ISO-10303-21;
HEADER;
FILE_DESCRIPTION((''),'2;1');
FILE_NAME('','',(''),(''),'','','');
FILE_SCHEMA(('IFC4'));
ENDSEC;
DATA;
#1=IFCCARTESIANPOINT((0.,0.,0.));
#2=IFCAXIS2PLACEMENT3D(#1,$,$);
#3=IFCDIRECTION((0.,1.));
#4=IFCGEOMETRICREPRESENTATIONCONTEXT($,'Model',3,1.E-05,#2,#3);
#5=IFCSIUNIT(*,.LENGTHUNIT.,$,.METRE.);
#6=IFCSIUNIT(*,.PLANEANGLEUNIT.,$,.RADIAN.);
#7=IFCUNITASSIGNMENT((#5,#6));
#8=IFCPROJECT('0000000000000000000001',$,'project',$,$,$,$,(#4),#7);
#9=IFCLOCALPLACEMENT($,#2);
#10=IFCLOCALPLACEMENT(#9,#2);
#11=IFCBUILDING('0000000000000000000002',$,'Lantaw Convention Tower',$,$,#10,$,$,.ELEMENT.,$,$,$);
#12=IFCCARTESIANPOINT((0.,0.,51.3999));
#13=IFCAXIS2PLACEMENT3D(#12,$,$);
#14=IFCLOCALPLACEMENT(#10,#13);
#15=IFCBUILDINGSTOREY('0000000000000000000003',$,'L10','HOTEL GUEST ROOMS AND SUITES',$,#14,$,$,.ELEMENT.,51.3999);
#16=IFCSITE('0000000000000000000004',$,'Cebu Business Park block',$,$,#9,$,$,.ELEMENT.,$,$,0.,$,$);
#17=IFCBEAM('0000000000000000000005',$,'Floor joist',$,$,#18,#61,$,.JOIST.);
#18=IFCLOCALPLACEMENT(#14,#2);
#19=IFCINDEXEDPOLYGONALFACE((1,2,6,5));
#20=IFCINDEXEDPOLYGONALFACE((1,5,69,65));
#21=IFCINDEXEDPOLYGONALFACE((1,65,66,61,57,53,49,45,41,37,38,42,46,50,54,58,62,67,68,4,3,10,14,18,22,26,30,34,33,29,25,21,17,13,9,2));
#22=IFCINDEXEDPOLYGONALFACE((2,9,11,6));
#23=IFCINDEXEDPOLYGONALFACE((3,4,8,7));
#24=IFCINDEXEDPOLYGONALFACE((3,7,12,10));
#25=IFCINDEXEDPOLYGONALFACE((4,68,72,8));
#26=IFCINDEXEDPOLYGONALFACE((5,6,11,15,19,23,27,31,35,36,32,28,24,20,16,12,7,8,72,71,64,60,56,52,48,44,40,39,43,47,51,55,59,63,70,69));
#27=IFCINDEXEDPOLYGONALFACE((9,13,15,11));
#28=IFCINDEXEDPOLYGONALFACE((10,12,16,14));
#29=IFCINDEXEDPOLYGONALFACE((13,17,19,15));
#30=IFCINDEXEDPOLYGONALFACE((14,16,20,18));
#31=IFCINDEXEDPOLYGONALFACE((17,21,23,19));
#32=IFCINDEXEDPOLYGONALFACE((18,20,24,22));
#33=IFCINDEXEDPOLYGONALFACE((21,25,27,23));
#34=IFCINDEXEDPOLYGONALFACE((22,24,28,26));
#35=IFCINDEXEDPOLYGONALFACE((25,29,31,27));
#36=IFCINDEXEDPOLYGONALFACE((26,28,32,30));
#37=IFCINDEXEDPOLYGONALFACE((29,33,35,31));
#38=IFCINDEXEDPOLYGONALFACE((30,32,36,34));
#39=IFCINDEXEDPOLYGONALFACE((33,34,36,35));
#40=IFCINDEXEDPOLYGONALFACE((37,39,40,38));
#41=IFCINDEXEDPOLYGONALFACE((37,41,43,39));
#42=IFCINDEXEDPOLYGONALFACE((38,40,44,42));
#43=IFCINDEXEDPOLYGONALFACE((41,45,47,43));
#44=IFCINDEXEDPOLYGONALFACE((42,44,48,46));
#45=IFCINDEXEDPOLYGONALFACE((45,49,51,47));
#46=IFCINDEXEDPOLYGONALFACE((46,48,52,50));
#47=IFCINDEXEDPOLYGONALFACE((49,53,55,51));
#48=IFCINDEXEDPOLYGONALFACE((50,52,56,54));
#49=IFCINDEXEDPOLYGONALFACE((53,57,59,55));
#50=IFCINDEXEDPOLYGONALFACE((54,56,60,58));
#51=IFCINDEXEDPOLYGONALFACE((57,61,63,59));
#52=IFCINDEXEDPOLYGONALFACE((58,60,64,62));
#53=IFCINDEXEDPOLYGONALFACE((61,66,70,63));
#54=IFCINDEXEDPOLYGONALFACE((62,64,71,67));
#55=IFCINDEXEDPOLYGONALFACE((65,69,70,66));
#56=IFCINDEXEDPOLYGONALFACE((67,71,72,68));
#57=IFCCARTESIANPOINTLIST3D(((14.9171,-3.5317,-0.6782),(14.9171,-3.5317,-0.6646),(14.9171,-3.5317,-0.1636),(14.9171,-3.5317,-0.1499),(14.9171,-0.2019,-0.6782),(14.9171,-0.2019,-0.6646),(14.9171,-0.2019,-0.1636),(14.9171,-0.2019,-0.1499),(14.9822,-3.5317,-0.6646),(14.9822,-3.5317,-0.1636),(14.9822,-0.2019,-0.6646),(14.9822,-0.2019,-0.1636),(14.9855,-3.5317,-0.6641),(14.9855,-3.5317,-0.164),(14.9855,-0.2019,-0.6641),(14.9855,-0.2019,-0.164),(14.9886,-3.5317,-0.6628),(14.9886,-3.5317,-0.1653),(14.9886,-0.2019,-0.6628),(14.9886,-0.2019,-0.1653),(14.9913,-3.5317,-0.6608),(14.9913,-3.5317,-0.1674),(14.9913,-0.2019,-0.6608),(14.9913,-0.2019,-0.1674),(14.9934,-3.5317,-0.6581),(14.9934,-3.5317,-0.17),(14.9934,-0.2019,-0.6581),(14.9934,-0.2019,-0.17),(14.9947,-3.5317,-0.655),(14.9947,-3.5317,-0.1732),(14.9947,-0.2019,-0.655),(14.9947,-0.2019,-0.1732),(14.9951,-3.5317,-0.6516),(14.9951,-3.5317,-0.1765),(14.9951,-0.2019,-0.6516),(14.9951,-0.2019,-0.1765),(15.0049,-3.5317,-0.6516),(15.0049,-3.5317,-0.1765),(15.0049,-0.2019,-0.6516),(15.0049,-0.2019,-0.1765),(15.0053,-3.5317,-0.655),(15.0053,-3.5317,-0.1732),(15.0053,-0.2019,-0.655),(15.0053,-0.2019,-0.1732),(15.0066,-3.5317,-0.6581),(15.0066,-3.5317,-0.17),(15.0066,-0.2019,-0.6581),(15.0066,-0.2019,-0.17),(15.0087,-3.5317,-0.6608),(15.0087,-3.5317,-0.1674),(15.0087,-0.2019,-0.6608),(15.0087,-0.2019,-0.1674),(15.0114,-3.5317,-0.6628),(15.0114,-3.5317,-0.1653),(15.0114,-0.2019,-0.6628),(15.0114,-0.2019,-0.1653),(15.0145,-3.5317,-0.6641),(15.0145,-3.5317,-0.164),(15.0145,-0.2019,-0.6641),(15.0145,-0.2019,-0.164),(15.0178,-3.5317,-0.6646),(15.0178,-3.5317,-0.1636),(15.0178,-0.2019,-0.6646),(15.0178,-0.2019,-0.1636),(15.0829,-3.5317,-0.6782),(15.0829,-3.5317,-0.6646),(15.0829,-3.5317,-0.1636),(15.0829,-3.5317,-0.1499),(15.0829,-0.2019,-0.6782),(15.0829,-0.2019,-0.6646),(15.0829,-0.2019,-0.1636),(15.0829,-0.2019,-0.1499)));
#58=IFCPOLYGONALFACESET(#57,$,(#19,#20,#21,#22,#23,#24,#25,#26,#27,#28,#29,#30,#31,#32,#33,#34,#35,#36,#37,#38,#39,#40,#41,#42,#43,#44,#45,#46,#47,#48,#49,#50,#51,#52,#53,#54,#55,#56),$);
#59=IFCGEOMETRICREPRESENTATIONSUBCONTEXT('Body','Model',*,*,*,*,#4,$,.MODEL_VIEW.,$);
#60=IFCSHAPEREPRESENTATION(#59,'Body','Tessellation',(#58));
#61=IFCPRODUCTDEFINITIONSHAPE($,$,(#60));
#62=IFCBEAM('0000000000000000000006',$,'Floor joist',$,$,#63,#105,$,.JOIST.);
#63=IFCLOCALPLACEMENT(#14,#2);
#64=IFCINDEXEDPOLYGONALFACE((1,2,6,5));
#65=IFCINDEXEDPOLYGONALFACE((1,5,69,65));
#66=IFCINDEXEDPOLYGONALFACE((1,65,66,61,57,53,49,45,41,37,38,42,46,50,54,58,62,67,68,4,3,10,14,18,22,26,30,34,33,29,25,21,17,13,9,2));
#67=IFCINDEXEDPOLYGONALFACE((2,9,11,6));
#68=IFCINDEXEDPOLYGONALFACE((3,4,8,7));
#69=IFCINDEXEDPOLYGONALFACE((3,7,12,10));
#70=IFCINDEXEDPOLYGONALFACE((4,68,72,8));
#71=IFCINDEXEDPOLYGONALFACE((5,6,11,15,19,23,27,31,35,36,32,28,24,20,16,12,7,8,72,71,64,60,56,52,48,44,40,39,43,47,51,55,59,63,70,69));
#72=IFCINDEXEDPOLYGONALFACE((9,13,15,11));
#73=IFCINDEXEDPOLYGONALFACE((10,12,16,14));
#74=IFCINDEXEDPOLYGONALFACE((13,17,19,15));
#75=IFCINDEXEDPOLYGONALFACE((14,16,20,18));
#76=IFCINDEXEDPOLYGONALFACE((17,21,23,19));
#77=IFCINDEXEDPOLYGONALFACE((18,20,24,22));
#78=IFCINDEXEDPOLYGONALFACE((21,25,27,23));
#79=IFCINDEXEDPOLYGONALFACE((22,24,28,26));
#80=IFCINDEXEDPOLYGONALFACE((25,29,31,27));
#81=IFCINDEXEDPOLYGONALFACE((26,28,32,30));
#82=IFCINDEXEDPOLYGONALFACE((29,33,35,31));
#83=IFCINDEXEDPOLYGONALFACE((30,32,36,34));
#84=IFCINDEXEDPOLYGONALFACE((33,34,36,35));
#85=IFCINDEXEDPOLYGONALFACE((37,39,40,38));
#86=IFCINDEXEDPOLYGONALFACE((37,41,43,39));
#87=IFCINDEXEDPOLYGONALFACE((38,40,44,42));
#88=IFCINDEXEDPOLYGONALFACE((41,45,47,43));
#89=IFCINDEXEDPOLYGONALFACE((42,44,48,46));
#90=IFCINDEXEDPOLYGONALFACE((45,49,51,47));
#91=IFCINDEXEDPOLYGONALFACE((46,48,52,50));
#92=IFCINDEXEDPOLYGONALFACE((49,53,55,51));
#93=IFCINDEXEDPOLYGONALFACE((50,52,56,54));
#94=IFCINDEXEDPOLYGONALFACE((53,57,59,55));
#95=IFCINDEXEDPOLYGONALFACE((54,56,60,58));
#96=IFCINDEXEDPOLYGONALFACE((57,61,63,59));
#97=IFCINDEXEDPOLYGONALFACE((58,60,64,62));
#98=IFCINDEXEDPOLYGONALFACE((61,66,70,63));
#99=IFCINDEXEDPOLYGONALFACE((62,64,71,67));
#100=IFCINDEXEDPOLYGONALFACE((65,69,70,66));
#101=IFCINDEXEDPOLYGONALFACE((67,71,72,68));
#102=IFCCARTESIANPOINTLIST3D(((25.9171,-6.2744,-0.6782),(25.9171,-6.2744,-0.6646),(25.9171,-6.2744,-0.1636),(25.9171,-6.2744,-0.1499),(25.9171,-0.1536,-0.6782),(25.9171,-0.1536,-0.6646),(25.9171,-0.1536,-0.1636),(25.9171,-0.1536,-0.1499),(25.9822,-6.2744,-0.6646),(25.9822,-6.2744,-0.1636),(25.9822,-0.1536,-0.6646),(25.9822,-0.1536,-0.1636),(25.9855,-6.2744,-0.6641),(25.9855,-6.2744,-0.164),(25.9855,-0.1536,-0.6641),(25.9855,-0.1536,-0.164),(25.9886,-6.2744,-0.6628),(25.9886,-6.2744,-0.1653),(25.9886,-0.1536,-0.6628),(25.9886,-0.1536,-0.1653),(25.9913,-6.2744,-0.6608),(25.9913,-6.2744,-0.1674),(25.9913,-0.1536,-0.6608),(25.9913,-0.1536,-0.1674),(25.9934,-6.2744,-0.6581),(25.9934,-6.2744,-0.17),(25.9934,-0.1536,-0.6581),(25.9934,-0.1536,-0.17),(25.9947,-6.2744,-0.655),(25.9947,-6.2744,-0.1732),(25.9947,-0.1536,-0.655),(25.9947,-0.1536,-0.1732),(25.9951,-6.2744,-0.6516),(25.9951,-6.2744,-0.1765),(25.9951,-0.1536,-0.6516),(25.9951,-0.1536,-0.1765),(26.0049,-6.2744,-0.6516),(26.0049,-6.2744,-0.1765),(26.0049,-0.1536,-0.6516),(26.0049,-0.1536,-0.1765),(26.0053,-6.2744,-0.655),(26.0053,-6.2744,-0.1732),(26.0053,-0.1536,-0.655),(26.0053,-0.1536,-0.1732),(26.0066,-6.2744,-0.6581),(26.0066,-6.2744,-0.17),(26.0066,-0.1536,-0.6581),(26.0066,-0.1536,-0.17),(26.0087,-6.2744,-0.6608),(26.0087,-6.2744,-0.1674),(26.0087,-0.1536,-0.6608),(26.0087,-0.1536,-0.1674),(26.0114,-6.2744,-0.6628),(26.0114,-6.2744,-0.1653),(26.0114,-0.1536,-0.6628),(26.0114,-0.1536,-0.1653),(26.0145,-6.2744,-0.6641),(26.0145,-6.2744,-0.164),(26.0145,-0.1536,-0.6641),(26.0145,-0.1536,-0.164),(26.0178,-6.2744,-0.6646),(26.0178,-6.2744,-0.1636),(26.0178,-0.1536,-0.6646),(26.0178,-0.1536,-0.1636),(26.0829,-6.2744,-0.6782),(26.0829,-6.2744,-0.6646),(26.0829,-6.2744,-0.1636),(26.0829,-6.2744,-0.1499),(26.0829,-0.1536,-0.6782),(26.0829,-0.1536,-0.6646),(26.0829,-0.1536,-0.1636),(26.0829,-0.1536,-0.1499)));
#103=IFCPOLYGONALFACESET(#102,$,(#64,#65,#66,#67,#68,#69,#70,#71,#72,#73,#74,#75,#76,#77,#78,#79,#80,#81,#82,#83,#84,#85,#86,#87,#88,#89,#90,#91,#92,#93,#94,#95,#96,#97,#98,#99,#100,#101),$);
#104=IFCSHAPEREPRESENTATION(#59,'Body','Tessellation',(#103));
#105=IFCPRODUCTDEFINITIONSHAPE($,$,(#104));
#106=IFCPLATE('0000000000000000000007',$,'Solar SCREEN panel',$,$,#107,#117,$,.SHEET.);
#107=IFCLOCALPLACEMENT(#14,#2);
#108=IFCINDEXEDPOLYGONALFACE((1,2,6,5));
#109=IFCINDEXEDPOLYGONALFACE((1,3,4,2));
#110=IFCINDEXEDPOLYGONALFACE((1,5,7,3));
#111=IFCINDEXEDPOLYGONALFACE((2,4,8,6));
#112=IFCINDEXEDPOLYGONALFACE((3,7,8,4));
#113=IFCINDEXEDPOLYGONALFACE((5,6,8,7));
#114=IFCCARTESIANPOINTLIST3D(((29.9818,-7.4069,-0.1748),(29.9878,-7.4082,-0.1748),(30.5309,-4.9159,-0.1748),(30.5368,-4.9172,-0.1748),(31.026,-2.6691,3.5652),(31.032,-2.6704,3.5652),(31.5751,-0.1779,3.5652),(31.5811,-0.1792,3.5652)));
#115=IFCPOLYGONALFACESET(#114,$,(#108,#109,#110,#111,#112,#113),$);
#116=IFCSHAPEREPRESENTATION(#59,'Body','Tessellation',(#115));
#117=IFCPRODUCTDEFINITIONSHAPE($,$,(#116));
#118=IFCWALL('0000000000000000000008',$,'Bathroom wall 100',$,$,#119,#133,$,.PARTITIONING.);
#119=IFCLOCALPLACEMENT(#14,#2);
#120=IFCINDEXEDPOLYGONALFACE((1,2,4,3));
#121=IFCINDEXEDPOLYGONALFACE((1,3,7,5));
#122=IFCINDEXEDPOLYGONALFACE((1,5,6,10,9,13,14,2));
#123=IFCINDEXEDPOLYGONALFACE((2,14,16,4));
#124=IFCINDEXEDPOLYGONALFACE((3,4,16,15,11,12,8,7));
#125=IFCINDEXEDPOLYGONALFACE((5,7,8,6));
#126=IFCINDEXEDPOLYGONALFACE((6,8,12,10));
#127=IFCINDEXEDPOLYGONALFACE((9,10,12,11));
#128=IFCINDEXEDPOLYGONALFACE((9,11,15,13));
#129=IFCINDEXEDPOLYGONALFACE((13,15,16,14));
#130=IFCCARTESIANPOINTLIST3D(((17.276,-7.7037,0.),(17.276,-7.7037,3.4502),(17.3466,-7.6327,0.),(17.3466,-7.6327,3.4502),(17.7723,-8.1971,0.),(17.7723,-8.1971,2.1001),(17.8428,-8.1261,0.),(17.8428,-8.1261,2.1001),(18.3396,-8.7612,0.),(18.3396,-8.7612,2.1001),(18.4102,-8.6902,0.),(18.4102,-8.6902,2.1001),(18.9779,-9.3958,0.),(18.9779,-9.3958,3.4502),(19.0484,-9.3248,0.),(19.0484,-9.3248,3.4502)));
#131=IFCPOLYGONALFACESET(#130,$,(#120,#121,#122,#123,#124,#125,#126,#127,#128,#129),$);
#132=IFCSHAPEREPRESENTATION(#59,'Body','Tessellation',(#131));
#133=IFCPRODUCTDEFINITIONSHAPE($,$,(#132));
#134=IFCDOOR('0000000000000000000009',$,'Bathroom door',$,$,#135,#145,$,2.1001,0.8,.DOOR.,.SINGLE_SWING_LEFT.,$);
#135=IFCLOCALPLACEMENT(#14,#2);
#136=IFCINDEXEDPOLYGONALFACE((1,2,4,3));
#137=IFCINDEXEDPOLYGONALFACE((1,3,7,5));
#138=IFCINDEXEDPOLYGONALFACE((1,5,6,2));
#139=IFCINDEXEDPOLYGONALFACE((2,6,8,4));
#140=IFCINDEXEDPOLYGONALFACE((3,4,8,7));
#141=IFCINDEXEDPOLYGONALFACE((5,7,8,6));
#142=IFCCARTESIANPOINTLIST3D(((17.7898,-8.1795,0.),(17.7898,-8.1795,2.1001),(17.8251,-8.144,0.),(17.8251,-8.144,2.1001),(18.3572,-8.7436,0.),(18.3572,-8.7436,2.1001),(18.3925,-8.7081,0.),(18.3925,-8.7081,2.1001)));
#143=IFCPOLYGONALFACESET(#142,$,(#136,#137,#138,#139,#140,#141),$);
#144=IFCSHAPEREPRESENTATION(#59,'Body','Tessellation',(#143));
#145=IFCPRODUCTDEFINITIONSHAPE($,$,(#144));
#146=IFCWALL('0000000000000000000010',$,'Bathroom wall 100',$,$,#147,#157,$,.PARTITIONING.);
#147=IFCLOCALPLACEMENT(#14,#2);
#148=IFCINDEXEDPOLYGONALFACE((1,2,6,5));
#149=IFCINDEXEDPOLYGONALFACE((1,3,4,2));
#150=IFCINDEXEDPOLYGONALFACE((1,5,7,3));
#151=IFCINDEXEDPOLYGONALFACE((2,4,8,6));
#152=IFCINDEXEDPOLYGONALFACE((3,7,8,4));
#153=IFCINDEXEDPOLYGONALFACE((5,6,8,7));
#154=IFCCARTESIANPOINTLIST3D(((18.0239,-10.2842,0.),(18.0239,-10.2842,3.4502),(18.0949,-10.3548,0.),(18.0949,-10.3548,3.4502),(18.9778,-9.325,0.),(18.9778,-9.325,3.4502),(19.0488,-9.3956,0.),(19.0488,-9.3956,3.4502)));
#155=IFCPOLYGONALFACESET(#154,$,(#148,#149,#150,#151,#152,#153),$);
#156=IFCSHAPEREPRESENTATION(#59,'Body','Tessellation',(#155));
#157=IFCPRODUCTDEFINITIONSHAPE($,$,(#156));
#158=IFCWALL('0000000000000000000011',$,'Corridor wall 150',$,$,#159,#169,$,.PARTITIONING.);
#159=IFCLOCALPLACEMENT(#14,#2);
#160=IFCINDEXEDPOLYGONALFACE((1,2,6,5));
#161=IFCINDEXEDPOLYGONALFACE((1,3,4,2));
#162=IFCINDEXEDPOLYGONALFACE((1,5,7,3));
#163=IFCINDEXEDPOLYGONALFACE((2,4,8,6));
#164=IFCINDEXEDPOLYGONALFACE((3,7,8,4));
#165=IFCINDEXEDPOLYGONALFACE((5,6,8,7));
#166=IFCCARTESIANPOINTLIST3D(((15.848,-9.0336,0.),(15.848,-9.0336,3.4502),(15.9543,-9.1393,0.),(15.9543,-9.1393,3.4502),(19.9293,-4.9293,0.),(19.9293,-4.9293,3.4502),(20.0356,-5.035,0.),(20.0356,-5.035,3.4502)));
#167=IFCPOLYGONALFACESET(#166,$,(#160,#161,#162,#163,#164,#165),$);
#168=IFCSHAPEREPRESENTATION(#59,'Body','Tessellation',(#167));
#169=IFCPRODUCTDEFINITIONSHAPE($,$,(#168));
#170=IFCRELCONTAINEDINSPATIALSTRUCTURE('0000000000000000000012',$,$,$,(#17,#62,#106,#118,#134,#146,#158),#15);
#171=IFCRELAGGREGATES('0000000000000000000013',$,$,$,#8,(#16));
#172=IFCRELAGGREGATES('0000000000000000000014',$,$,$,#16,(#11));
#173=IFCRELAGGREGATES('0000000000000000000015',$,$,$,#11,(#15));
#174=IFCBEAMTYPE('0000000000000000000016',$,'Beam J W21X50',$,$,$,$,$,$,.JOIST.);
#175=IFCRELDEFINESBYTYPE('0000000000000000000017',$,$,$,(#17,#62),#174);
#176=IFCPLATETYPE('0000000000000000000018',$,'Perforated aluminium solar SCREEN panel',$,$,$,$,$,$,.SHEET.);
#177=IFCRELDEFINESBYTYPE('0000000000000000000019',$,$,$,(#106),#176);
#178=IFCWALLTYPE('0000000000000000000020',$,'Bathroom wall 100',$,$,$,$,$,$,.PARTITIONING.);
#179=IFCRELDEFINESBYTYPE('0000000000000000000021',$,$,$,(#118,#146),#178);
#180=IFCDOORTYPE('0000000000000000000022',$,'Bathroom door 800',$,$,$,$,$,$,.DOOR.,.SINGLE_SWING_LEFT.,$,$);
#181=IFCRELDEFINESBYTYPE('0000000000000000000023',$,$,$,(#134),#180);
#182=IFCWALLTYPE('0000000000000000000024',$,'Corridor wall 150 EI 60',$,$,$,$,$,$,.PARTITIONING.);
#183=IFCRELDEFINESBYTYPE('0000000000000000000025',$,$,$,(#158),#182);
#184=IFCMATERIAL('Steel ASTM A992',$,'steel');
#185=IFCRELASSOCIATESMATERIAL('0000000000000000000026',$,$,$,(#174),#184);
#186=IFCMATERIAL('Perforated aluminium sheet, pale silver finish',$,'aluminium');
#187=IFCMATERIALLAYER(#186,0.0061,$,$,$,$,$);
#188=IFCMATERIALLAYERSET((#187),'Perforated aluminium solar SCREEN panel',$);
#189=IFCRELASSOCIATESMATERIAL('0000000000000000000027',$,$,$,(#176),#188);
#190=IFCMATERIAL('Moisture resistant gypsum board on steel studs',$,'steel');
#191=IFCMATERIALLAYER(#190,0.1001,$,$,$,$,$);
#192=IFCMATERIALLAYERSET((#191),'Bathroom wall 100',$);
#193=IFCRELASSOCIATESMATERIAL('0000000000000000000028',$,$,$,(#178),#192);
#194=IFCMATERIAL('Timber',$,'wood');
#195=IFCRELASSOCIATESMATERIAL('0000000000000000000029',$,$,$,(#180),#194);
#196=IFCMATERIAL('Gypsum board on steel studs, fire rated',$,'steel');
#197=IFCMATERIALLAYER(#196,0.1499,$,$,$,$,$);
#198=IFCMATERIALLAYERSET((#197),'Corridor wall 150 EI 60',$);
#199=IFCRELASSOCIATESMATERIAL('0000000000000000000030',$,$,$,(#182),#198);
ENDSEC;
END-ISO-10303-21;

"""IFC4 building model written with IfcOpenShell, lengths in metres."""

from ifc_helpers import new_model, si_unit, direction, frame, frame_2d, origin, origin_2d, place, context, subcontext, project, spatial, polyline, rectangle, i_section, outline, extrude, material, layer, layer_set, material_profile, profile_set, type_object, element, fill, save


model = new_model("IFC4")

# Units and contexts
model_context = context("Model", 3, precision=1e-05, world=origin(), true_north=direction((0.0, 1.0)))
body_context = subcontext(model_context, "Body", "Model", "MODEL_VIEW")
ifc_project = project(units=[si_unit("LENGTHUNIT", "METRE"), si_unit("PLANEANGLEUNIT", "RADIAN")], contexts=[model_context])

# Site, building, storey
site_placement = place(None, origin())
site = spatial("IfcSite", under=ifc_project, at=site_placement, Name="Cebu Business Park block", CompositionType="ELEMENT", RefElevation=0.0)
building_placement = place(site_placement, origin())
building = spatial("IfcBuilding", under=site, at=building_placement, Name="Lantaw Convention Tower", CompositionType="ELEMENT")
storey_placement = place(building_placement, frame((0.0, 0.0, 51.3999)))
storey = spatial("IfcBuildingStorey", under=building, at=storey_placement, Name="L10", Description="HOTEL GUEST ROOMS AND SUITES", CompositionType="ELEMENT", Elevation=51.3999)

# Beams
ifc_material_1 = material(Name="Steel ASTM A992", Category="steel")
ifc_material_profile_1 = material_profile(ifc_material_1, i_section(OverallWidth=0.1658, OverallDepth=0.5283, WebThickness=0.0098, FlangeThickness=0.0137, FilletRadius=0.0129, at=origin_2d()), Name="W21X50")
ifc_profile_set_1 = profile_set([ifc_material_profile_1], Name="Steel ASTM A992")
beam_type_1 = type_object("IfcBeamType", Name="Beam J W21X50", PredefinedType="JOIST", material=ifc_profile_set_1)
beam_1_placement = place(storey_placement, frame((15.0, -3.5317, -0.4141), z_axis=(0.0, 1.0, 0.0), x_axis=(-1.0, 0.0, 0.0)))
element("IfcBeam", 1, at=beam_1_placement, inside=storey, type_object=beam_type_1, Name="Floor joist", PredefinedType="JOIST", context=body_context, shape_type="SweptSolid", body=[
    extrude(i_section(OverallWidth=0.1658, OverallDepth=0.5283, WebThickness=0.0098, FlangeThickness=0.0137, FilletRadius=0.0129, at=origin_2d()), origin(), (0.0, 0.0, 1.0), 3.3298),
])
beam_2_placement = place(storey_placement, frame((26.0, -6.2744, -0.4141), z_axis=(0.0, 1.0, 0.0), x_axis=(-1.0, 0.0, 0.0)))
element("IfcBeam", 2, at=beam_2_placement, inside=storey, type_object=beam_type_1, Name="Floor joist", PredefinedType="JOIST", context=body_context, shape_type="SweptSolid", body=[
    extrude(i_section(OverallWidth=0.1658, OverallDepth=0.5283, WebThickness=0.0098, FlangeThickness=0.0137, FilletRadius=0.0129, at=origin_2d()), origin(), (0.0, 0.0, 1.0), 6.1208),
])

# Plate
ifc_material_2 = material(Name="Perforated aluminium sheet, pale silver finish", Category="aluminium")
ifc_layer_1 = layer(ifc_material_2, 0.0061)
ifc_layer_set_1 = layer_set([ifc_layer_1], Name="Perforated aluminium solar SCREEN panel")
plate_type = type_object("IfcPlateType", Name="Perforated aluminium solar SCREEN panel", PredefinedType="SHEET", material=ifc_layer_set_1)
plate_placement = place(storey_placement, frame((29.9878, -7.4082, -0.1748), z_axis=(0.976559, -0.215248, 0.00003), x_axis=(0.215248, 0.976559, 0.0)))
element("IfcPlate", 3, at=plate_placement, inside=storey, type_object=plate_type, Name="Solar SCREEN panel", PredefinedType="SHEET", context=body_context, shape_type="SweptSolid", body=[
    extrude(outline(polyline([(0.0, 0.0), (2.5508, 0.0), (7.4025, 3.74), (4.8515, 3.74), (0.0, 0.0)])), origin(), (0.0, 0.0, -1.0), 0.0061),
])

# Wall, opening, door
ifc_material_3 = material(Name="Moisture resistant gypsum board on steel studs", Category="steel")
ifc_layer_2 = layer(ifc_material_3, 0.1001)
ifc_layer_set_2 = layer_set([ifc_layer_2], Name="Bathroom wall 100")
wall_type_1 = type_object("IfcWallType", Name="Bathroom wall 100", PredefinedType="PARTITIONING", material=ifc_layer_set_2)
wall_1_placement = place(storey_placement, frame((17.3113, -7.6682, 0.0), z_axis=(0.0, 0.0, 1.0), x_axis=(0.709138, -0.705069, 0.0)))
wall_1 = element("IfcWall", 4, at=wall_1_placement, inside=storey, type_object=wall_type_1, Name="Bathroom wall 100", PredefinedType="PARTITIONING", context=body_context, shape_type="SweptSolid", body=[
    extrude(rectangle(XDim=2.3999, YDim=0.1001, at=frame_2d((1.2, 0.0))), origin(), (0.0, 0.0, 1.0), 3.4502),
])
opening_1_placement = place(wall_1_placement, frame((0.7, 0.0, 0.0)))
opening_1 = element("IfcOpeningElement", 5, at=opening_1_placement, cuts=wall_1, PredefinedType="OPENING", context=body_context, shape_type="SweptSolid", body=[
    extrude(rectangle(XDim=0.8, YDim=2.1001, at=frame_2d((0.3999, 1.05))), frame((0.0, 0.0601, 0.0), z_axis=(0.0, -1.0, 0.0), x_axis=(1.0, 0.0, 0.0)), (0.0, 0.0, 1.0), 0.1201),
])
ifc_material_4 = material(Name="Timber", Category="wood")
door_type_1 = type_object("IfcDoorType", Name="Bathroom door 800", OperationType="SINGLE_SWING_LEFT", PredefinedType="DOOR", material=ifc_material_4)
door_1_placement = place(opening_1_placement, origin())
door_1 = element("IfcDoor", 6, at=door_1_placement, inside=storey, type_object=door_type_1, Name="Bathroom door", OperationType="SINGLE_SWING_LEFT", OverallHeight=2.1001, OverallWidth=0.8, PredefinedType="DOOR", context=body_context, shape_type="SweptSolid", body=[
    extrude(rectangle(XDim=0.8, YDim=2.1001, at=frame_2d((0.3999, 1.05))), frame((0.0, 0.0249, 0.0), z_axis=(0.0, -1.0, 0.0), x_axis=(1.0, 0.0, 0.0)), (0.0, 0.0, 1.0), 0.05),
])
fill(opening_1, door_1)

# Walls
wall_2_placement = place(storey_placement, frame((19.0132, -9.3604, 0.0), z_axis=(0.0, 0.0, 1.0), x_axis=(-0.705119, -0.709089, 0.0)))
element("IfcWall", 7, at=wall_2_placement, inside=storey, type_object=wall_type_1, Name="Bathroom wall 100", PredefinedType="PARTITIONING", context=body_context, shape_type="SweptSolid", body=[
    extrude(rectangle(XDim=1.3528, YDim=0.1001, at=frame_2d((0.6763, 0.0))), origin(), (0.0, 0.0, 1.0), 3.4502),
])
ifc_material_5 = material(Name="Gypsum board on steel studs, fire rated", Category="steel")
ifc_layer_3 = layer(ifc_material_5, 0.1499)
ifc_layer_set_3 = layer_set([ifc_layer_3], Name="Corridor wall 150 EI 60")
wall_type_2 = type_object("IfcWallType", Name="Corridor wall 150 EI 60", PredefinedType="PARTITIONING", material=ifc_layer_set_3)
wall_3_placement = place(storey_placement, frame((15.9011, -9.0864, 0.0), z_axis=(0.0, 0.0, 1.0), x_axis=(0.705122, 0.709086, 0.0)))
element("IfcWall", 8, at=wall_3_placement, inside=storey, type_object=wall_type_2, Name="Corridor wall 150", PredefinedType="PARTITIONING", context=body_context, shape_type="SweptSolid", body=[
    extrude(rectangle(XDim=5.7881, YDim=0.1499, at=frame_2d((2.894, 0.0))), origin(), (0.0, 0.0, 1.0), 3.4502),
])

save(model, "model.ifc")
